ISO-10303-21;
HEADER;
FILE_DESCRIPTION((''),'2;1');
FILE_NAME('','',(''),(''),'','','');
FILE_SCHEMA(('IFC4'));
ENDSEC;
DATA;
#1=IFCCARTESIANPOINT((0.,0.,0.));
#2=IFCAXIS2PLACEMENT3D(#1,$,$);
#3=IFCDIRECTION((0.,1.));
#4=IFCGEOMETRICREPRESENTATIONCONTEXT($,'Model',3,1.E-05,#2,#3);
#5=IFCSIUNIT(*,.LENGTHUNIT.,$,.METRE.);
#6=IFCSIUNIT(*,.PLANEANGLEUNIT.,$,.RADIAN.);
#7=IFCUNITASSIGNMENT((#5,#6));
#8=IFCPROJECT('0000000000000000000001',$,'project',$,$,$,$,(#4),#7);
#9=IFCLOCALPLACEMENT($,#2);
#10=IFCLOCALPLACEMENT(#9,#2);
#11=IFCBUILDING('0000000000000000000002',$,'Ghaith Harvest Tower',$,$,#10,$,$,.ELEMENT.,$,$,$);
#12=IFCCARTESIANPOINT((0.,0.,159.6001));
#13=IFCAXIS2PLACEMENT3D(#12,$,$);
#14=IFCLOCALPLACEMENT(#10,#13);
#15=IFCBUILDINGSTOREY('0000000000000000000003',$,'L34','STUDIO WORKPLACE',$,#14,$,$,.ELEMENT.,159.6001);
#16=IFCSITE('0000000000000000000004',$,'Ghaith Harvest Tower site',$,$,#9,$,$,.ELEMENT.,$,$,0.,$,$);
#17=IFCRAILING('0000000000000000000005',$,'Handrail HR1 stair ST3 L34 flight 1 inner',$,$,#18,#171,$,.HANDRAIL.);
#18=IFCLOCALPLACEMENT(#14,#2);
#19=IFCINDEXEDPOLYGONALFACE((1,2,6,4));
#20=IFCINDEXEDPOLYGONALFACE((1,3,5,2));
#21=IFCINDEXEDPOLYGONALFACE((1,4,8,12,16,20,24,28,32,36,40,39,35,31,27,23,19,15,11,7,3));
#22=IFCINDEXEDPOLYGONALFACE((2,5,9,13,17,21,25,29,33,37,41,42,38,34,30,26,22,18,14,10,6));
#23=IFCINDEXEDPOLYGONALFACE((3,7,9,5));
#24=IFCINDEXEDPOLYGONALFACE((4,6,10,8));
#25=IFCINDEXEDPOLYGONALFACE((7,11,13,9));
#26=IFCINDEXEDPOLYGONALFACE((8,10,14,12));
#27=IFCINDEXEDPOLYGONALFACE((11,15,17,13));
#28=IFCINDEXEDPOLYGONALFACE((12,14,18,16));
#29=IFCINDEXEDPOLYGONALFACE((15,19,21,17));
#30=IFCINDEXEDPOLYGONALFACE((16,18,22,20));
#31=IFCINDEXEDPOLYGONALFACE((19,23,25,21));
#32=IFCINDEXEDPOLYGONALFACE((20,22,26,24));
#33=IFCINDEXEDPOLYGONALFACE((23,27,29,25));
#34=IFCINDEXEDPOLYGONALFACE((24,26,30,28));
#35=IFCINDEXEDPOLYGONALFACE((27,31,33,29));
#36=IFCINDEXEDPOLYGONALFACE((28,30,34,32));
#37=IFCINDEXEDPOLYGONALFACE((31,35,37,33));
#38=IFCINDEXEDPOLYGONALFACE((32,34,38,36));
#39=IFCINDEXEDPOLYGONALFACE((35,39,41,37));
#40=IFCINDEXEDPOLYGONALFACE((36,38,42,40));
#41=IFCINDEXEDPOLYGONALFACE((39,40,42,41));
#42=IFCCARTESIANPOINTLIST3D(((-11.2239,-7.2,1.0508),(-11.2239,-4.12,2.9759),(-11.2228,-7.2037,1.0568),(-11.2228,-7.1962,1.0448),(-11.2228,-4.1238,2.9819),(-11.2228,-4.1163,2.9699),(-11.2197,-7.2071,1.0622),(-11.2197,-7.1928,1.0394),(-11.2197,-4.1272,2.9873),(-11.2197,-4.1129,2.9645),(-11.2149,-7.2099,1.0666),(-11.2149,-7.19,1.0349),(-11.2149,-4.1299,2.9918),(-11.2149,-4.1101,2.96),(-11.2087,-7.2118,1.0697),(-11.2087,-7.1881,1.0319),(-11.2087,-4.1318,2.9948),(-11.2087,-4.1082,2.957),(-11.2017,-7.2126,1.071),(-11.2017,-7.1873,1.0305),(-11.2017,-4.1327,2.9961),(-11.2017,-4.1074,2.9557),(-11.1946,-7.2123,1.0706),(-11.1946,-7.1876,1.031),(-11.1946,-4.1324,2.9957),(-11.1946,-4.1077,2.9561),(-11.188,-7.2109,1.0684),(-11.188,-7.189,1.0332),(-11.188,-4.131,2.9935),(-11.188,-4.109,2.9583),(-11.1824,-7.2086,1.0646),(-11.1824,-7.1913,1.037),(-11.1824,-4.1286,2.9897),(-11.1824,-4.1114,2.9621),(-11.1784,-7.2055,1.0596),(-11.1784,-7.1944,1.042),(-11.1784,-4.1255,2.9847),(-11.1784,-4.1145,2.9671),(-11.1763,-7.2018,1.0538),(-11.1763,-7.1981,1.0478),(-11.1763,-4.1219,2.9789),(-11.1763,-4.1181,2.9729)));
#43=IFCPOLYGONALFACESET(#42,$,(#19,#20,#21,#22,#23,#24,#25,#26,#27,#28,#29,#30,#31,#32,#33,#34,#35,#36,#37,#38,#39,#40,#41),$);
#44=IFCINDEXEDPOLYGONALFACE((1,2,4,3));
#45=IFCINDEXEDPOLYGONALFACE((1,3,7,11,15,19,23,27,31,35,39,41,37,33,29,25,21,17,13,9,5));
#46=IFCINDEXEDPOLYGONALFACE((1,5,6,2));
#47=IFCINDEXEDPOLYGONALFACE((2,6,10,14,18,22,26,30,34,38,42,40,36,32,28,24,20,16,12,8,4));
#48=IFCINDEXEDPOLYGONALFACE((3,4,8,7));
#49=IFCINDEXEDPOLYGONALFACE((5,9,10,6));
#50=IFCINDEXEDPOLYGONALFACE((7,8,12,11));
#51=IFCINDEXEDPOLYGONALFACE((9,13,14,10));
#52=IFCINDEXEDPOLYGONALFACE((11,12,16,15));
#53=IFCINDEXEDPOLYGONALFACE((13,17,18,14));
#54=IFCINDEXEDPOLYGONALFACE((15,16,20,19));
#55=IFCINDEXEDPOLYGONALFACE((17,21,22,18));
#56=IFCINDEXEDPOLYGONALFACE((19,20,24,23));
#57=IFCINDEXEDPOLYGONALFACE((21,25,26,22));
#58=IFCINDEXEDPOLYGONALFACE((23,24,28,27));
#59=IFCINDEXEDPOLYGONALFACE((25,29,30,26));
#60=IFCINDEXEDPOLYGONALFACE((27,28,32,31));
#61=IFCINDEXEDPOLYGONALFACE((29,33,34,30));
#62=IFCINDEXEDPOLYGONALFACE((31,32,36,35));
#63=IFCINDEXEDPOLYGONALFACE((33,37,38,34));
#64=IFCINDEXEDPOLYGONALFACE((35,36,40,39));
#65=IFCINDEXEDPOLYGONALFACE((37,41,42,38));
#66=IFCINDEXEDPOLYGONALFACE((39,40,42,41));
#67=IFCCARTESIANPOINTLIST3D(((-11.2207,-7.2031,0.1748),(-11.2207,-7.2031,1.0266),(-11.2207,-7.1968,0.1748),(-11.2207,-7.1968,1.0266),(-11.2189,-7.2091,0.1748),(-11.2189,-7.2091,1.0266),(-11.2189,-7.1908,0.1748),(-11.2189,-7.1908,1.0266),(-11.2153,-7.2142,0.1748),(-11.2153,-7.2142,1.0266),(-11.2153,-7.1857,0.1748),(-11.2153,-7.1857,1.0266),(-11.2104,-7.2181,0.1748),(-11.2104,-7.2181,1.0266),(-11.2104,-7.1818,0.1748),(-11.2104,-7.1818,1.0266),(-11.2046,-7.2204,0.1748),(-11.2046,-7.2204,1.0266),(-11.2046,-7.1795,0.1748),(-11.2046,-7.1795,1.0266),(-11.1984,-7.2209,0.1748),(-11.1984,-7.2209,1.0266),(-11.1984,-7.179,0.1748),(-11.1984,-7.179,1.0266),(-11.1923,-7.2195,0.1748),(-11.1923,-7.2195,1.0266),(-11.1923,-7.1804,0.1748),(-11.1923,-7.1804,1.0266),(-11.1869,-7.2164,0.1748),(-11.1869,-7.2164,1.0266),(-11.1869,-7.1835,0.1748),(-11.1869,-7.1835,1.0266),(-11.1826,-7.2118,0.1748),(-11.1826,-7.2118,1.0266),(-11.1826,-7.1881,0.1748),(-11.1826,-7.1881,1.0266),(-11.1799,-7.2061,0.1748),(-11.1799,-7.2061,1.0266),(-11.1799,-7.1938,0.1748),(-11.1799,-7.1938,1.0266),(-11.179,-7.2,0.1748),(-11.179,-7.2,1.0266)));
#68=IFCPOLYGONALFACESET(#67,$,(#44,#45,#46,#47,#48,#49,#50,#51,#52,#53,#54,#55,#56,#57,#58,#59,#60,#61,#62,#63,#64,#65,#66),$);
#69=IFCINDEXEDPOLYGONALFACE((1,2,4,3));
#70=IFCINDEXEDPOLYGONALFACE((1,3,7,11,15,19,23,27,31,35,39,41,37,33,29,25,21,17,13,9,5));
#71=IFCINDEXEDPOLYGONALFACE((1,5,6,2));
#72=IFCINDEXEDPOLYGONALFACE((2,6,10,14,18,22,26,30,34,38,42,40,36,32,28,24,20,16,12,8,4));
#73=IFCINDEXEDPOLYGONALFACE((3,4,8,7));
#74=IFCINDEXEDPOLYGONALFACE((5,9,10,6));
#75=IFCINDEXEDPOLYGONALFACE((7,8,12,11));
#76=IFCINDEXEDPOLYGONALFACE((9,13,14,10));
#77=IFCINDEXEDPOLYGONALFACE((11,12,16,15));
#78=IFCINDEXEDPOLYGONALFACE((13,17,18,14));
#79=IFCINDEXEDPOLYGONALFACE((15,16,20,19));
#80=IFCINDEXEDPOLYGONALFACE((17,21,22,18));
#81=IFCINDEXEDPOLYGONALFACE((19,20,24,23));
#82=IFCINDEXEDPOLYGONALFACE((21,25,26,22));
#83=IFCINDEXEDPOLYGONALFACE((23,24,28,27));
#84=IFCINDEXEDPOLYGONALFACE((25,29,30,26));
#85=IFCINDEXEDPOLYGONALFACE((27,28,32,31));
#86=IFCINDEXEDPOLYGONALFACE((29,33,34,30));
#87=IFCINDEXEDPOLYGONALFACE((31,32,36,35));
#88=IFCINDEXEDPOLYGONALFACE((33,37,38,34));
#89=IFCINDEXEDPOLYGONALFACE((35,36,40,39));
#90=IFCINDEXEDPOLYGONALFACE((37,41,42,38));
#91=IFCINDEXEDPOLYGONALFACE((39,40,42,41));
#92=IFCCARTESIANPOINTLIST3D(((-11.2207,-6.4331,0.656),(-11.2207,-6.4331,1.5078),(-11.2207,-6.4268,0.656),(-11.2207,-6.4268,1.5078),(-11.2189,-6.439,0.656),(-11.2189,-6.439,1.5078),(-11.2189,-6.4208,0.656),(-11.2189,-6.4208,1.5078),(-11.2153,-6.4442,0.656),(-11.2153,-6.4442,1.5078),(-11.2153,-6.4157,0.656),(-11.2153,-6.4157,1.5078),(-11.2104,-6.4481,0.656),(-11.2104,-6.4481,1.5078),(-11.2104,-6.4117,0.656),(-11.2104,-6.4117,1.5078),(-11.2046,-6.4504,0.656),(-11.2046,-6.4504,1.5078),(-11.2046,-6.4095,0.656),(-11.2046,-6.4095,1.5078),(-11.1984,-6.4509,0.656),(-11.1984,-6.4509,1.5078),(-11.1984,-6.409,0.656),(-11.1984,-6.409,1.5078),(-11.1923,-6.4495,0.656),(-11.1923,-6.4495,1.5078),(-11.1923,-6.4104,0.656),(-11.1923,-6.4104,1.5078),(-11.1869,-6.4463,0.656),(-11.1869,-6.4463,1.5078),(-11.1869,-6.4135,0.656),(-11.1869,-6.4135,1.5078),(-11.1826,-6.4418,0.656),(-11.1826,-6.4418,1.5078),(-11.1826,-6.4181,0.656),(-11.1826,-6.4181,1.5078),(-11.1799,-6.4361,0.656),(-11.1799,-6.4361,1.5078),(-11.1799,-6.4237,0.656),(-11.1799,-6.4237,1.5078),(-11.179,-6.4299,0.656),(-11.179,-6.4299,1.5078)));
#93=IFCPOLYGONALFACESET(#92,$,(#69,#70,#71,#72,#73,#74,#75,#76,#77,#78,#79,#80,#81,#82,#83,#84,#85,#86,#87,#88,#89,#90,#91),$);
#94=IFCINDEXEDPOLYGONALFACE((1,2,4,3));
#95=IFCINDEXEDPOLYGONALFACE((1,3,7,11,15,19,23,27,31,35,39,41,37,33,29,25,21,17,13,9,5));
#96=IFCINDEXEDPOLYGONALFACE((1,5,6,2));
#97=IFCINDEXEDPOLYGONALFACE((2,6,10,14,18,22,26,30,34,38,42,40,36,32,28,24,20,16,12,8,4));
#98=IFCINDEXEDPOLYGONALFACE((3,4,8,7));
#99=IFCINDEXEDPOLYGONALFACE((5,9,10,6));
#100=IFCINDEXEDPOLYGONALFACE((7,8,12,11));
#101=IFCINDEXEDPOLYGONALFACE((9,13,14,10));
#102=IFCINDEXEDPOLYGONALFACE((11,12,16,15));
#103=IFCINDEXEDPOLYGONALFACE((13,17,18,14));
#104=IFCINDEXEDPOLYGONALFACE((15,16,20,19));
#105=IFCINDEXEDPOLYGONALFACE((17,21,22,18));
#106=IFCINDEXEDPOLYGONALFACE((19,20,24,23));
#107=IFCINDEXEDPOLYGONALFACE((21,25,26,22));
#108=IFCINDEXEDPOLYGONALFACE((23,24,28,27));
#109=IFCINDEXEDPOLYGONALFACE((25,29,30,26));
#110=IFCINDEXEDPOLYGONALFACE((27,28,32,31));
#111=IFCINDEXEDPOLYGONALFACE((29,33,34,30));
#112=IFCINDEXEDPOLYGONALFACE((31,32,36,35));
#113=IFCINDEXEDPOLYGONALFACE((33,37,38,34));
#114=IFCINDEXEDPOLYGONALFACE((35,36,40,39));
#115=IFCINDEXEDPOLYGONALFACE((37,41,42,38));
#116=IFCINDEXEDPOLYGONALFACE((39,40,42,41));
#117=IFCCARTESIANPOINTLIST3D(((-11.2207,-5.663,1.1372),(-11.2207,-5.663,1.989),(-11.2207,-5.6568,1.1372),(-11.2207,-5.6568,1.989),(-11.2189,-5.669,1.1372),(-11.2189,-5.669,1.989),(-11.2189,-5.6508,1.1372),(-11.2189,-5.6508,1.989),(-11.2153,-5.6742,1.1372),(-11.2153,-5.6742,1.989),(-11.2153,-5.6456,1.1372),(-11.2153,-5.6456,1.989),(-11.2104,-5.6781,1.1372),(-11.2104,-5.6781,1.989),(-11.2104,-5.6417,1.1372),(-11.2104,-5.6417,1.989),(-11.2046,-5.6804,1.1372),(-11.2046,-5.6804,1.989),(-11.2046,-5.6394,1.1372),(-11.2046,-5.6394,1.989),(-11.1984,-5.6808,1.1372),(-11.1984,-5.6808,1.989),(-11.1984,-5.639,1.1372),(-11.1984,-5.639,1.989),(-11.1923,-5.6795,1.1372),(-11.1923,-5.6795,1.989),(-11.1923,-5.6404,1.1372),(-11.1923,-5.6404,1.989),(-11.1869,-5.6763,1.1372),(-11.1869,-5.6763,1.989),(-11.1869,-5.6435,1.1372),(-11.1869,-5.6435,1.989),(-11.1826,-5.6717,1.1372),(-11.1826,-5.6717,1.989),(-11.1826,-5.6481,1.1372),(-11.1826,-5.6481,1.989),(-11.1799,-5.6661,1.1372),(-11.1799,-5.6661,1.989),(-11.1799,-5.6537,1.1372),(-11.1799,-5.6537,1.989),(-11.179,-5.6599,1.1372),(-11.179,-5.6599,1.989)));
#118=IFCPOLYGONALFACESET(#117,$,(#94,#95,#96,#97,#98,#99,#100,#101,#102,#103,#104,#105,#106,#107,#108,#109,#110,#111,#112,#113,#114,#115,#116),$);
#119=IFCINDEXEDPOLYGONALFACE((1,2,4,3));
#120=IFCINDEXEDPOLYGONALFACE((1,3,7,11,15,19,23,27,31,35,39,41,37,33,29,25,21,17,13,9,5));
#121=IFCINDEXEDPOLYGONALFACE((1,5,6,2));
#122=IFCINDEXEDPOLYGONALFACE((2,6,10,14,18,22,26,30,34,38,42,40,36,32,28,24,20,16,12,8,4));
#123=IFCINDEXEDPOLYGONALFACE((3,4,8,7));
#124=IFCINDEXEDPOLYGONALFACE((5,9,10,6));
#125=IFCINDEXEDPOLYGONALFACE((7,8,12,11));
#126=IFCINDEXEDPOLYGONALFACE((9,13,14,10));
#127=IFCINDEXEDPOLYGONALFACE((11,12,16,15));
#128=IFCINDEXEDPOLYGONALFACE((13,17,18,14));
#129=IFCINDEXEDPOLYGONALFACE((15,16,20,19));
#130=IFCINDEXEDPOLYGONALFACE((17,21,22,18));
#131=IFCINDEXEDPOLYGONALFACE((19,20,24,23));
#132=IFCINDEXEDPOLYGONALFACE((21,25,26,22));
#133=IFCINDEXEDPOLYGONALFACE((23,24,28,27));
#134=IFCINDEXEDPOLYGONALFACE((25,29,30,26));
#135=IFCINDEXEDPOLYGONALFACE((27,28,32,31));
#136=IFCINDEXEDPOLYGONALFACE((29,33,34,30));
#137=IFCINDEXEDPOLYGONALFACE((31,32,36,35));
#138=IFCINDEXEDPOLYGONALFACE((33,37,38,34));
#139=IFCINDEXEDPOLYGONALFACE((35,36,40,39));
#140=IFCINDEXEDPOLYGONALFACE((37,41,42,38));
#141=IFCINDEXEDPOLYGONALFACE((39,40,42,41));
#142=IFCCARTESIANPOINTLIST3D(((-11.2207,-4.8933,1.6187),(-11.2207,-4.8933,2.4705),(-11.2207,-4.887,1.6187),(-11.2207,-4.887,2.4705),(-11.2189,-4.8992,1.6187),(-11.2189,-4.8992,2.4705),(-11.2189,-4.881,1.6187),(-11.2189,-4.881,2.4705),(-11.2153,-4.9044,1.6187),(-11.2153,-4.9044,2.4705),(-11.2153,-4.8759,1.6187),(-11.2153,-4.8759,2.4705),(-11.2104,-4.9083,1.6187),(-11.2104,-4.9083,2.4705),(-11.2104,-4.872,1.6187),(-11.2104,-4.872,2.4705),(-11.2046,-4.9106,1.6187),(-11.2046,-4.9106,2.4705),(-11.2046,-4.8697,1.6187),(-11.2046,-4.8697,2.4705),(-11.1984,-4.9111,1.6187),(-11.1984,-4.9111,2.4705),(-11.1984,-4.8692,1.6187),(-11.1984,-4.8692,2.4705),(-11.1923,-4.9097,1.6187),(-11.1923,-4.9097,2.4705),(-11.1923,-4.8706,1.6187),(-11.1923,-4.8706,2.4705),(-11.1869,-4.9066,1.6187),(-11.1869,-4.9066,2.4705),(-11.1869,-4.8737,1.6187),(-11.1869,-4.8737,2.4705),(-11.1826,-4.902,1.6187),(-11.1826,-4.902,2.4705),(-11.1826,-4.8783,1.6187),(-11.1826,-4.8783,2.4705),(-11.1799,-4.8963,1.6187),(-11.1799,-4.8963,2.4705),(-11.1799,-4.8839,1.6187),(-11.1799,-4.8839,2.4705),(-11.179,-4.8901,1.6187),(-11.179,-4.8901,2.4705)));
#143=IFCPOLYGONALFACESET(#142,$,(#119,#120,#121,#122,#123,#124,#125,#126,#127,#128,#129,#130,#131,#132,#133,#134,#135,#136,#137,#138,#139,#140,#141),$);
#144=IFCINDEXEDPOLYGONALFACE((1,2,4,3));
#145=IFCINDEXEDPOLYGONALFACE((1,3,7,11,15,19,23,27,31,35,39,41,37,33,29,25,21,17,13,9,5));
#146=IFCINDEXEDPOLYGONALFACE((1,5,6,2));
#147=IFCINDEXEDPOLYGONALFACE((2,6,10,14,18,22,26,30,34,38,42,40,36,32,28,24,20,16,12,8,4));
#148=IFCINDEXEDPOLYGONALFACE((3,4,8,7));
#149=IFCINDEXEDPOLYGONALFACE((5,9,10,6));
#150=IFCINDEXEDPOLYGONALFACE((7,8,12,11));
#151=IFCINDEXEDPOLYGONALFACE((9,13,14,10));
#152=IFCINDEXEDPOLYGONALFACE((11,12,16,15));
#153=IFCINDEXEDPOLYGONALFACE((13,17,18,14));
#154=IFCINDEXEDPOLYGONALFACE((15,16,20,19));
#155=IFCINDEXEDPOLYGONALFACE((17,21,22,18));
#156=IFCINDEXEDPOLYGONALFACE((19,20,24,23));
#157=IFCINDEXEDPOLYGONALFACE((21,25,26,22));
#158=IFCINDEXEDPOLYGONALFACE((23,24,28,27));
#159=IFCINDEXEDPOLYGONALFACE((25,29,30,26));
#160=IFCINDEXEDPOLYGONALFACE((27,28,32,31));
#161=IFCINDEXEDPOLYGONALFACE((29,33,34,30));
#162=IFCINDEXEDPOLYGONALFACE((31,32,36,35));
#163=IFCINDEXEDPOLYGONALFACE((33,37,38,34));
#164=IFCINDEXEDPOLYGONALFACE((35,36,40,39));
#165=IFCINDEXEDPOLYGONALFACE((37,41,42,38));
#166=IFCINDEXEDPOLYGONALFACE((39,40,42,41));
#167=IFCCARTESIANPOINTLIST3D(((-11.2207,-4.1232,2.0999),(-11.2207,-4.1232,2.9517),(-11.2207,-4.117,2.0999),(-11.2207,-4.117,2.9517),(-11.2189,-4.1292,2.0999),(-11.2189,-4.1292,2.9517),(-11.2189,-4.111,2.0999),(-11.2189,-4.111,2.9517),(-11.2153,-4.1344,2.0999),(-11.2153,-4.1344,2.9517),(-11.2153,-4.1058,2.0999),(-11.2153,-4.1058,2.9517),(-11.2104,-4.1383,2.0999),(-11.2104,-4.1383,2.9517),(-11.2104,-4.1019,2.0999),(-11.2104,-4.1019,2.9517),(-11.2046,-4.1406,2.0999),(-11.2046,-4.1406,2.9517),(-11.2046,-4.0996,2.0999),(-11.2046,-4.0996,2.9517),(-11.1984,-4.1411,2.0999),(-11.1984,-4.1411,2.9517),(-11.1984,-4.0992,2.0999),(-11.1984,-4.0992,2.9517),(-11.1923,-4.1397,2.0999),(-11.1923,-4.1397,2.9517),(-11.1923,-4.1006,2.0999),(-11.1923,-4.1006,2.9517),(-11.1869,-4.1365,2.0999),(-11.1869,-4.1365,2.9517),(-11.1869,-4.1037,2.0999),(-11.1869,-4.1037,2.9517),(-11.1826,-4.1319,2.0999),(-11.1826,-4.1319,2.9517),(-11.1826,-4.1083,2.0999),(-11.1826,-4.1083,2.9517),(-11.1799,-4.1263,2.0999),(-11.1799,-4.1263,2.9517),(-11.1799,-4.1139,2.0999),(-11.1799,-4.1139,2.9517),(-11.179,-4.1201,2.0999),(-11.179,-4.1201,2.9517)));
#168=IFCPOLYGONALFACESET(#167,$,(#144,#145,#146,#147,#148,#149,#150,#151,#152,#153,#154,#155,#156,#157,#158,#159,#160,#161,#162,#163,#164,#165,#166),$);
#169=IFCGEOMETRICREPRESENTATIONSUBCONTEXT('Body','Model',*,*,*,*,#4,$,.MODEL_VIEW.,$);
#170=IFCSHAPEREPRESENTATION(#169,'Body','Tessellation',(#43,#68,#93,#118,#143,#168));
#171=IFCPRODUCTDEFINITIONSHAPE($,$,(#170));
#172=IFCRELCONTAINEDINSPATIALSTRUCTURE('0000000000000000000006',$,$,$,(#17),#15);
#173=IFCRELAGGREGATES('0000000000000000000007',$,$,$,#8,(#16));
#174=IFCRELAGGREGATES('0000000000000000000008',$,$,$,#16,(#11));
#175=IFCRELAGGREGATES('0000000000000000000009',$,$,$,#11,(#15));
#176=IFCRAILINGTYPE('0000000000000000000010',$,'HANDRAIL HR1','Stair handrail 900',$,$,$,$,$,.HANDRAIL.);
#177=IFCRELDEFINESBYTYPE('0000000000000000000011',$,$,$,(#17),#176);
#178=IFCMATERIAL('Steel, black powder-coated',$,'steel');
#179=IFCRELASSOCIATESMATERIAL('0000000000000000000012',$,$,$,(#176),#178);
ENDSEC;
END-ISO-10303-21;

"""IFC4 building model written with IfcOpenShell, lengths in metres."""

from ifc_helpers import new_model, si_unit, direction, frame, origin, origin_2d, place, context, subcontext, project, spatial, circle, extrude, material, type_object, element, save


model = new_model("IFC4")

# Units and contexts
model_context = context("Model", 3, precision=1e-05, world=origin(), true_north=direction((0.0, 1.0)))
body_context = subcontext(model_context, "Body", "Model", "MODEL_VIEW")
ifc_project = project(units=[si_unit("LENGTHUNIT", "METRE"), si_unit("PLANEANGLEUNIT", "RADIAN")], contexts=[model_context])

# Site, building, storey
site_placement = place(None, origin())
site = spatial("IfcSite", under=ifc_project, at=site_placement, Name="Ghaith Harvest Tower site", CompositionType="ELEMENT", RefElevation=0.0)
building_placement = place(site_placement, origin())
building = spatial("IfcBuilding", under=site, at=building_placement, Name="Ghaith Harvest Tower", CompositionType="ELEMENT")
storey_placement = place(building_placement, frame((0.0, 0.0, 159.6001)))
storey = spatial("IfcBuildingStorey", under=building, at=storey_placement, Name="L34", Description="STUDIO WORKPLACE", CompositionType="ELEMENT", Elevation=159.6001)

# Railing
ifc_material_1 = material(Name="Steel, black powder-coated", Category="steel")
railing_type = type_object("IfcRailingType", Name="HANDRAIL HR1", Description="Stair handrail 900", PredefinedType="HANDRAIL", material=ifc_material_1)
railing_1_placement = place(storey_placement, frame((-11.2, -7.2, 0.1748)))
element("IfcRailing", 1, at=railing_1_placement, inside=storey, type_object=railing_type, Name="Handrail HR1 stair ST3 L34 flight 1 inner", PredefinedType="HANDRAIL", context=body_context, shape_type="SweptSolid", body=[
    extrude(circle(Radius=0.0239, at=origin_2d()), frame((0.0, 0.0, 0.876), z_axis=(0.0, 0.847979, 0.530029), x_axis=(-1.0, 0.0, 0.0)), (0.0, 0.0, 1.0), 3.6321),
    extrude(circle(Radius=0.021, at=origin_2d()), origin(), (0.0, 0.0, 1.0), 0.8518),
    extrude(circle(Radius=0.021, at=origin_2d()), frame((0.0, 0.77, 0.4812)), (0.0, 0.0, 1.0), 0.8518),
    extrude(circle(Radius=0.021, at=origin_2d()), frame((0.0, 1.54, 0.9624)), (0.0, 0.0, 1.0), 0.8518),
    extrude(circle(Radius=0.021, at=origin_2d()), frame((0.0, 2.3098, 1.4438)), (0.0, 0.0, 1.0), 0.8518),
    extrude(circle(Radius=0.021, at=origin_2d()), frame((0.0, 3.0798, 1.925)), (0.0, 0.0, 1.0), 0.8518),
])

save(model, "model.ifc")
